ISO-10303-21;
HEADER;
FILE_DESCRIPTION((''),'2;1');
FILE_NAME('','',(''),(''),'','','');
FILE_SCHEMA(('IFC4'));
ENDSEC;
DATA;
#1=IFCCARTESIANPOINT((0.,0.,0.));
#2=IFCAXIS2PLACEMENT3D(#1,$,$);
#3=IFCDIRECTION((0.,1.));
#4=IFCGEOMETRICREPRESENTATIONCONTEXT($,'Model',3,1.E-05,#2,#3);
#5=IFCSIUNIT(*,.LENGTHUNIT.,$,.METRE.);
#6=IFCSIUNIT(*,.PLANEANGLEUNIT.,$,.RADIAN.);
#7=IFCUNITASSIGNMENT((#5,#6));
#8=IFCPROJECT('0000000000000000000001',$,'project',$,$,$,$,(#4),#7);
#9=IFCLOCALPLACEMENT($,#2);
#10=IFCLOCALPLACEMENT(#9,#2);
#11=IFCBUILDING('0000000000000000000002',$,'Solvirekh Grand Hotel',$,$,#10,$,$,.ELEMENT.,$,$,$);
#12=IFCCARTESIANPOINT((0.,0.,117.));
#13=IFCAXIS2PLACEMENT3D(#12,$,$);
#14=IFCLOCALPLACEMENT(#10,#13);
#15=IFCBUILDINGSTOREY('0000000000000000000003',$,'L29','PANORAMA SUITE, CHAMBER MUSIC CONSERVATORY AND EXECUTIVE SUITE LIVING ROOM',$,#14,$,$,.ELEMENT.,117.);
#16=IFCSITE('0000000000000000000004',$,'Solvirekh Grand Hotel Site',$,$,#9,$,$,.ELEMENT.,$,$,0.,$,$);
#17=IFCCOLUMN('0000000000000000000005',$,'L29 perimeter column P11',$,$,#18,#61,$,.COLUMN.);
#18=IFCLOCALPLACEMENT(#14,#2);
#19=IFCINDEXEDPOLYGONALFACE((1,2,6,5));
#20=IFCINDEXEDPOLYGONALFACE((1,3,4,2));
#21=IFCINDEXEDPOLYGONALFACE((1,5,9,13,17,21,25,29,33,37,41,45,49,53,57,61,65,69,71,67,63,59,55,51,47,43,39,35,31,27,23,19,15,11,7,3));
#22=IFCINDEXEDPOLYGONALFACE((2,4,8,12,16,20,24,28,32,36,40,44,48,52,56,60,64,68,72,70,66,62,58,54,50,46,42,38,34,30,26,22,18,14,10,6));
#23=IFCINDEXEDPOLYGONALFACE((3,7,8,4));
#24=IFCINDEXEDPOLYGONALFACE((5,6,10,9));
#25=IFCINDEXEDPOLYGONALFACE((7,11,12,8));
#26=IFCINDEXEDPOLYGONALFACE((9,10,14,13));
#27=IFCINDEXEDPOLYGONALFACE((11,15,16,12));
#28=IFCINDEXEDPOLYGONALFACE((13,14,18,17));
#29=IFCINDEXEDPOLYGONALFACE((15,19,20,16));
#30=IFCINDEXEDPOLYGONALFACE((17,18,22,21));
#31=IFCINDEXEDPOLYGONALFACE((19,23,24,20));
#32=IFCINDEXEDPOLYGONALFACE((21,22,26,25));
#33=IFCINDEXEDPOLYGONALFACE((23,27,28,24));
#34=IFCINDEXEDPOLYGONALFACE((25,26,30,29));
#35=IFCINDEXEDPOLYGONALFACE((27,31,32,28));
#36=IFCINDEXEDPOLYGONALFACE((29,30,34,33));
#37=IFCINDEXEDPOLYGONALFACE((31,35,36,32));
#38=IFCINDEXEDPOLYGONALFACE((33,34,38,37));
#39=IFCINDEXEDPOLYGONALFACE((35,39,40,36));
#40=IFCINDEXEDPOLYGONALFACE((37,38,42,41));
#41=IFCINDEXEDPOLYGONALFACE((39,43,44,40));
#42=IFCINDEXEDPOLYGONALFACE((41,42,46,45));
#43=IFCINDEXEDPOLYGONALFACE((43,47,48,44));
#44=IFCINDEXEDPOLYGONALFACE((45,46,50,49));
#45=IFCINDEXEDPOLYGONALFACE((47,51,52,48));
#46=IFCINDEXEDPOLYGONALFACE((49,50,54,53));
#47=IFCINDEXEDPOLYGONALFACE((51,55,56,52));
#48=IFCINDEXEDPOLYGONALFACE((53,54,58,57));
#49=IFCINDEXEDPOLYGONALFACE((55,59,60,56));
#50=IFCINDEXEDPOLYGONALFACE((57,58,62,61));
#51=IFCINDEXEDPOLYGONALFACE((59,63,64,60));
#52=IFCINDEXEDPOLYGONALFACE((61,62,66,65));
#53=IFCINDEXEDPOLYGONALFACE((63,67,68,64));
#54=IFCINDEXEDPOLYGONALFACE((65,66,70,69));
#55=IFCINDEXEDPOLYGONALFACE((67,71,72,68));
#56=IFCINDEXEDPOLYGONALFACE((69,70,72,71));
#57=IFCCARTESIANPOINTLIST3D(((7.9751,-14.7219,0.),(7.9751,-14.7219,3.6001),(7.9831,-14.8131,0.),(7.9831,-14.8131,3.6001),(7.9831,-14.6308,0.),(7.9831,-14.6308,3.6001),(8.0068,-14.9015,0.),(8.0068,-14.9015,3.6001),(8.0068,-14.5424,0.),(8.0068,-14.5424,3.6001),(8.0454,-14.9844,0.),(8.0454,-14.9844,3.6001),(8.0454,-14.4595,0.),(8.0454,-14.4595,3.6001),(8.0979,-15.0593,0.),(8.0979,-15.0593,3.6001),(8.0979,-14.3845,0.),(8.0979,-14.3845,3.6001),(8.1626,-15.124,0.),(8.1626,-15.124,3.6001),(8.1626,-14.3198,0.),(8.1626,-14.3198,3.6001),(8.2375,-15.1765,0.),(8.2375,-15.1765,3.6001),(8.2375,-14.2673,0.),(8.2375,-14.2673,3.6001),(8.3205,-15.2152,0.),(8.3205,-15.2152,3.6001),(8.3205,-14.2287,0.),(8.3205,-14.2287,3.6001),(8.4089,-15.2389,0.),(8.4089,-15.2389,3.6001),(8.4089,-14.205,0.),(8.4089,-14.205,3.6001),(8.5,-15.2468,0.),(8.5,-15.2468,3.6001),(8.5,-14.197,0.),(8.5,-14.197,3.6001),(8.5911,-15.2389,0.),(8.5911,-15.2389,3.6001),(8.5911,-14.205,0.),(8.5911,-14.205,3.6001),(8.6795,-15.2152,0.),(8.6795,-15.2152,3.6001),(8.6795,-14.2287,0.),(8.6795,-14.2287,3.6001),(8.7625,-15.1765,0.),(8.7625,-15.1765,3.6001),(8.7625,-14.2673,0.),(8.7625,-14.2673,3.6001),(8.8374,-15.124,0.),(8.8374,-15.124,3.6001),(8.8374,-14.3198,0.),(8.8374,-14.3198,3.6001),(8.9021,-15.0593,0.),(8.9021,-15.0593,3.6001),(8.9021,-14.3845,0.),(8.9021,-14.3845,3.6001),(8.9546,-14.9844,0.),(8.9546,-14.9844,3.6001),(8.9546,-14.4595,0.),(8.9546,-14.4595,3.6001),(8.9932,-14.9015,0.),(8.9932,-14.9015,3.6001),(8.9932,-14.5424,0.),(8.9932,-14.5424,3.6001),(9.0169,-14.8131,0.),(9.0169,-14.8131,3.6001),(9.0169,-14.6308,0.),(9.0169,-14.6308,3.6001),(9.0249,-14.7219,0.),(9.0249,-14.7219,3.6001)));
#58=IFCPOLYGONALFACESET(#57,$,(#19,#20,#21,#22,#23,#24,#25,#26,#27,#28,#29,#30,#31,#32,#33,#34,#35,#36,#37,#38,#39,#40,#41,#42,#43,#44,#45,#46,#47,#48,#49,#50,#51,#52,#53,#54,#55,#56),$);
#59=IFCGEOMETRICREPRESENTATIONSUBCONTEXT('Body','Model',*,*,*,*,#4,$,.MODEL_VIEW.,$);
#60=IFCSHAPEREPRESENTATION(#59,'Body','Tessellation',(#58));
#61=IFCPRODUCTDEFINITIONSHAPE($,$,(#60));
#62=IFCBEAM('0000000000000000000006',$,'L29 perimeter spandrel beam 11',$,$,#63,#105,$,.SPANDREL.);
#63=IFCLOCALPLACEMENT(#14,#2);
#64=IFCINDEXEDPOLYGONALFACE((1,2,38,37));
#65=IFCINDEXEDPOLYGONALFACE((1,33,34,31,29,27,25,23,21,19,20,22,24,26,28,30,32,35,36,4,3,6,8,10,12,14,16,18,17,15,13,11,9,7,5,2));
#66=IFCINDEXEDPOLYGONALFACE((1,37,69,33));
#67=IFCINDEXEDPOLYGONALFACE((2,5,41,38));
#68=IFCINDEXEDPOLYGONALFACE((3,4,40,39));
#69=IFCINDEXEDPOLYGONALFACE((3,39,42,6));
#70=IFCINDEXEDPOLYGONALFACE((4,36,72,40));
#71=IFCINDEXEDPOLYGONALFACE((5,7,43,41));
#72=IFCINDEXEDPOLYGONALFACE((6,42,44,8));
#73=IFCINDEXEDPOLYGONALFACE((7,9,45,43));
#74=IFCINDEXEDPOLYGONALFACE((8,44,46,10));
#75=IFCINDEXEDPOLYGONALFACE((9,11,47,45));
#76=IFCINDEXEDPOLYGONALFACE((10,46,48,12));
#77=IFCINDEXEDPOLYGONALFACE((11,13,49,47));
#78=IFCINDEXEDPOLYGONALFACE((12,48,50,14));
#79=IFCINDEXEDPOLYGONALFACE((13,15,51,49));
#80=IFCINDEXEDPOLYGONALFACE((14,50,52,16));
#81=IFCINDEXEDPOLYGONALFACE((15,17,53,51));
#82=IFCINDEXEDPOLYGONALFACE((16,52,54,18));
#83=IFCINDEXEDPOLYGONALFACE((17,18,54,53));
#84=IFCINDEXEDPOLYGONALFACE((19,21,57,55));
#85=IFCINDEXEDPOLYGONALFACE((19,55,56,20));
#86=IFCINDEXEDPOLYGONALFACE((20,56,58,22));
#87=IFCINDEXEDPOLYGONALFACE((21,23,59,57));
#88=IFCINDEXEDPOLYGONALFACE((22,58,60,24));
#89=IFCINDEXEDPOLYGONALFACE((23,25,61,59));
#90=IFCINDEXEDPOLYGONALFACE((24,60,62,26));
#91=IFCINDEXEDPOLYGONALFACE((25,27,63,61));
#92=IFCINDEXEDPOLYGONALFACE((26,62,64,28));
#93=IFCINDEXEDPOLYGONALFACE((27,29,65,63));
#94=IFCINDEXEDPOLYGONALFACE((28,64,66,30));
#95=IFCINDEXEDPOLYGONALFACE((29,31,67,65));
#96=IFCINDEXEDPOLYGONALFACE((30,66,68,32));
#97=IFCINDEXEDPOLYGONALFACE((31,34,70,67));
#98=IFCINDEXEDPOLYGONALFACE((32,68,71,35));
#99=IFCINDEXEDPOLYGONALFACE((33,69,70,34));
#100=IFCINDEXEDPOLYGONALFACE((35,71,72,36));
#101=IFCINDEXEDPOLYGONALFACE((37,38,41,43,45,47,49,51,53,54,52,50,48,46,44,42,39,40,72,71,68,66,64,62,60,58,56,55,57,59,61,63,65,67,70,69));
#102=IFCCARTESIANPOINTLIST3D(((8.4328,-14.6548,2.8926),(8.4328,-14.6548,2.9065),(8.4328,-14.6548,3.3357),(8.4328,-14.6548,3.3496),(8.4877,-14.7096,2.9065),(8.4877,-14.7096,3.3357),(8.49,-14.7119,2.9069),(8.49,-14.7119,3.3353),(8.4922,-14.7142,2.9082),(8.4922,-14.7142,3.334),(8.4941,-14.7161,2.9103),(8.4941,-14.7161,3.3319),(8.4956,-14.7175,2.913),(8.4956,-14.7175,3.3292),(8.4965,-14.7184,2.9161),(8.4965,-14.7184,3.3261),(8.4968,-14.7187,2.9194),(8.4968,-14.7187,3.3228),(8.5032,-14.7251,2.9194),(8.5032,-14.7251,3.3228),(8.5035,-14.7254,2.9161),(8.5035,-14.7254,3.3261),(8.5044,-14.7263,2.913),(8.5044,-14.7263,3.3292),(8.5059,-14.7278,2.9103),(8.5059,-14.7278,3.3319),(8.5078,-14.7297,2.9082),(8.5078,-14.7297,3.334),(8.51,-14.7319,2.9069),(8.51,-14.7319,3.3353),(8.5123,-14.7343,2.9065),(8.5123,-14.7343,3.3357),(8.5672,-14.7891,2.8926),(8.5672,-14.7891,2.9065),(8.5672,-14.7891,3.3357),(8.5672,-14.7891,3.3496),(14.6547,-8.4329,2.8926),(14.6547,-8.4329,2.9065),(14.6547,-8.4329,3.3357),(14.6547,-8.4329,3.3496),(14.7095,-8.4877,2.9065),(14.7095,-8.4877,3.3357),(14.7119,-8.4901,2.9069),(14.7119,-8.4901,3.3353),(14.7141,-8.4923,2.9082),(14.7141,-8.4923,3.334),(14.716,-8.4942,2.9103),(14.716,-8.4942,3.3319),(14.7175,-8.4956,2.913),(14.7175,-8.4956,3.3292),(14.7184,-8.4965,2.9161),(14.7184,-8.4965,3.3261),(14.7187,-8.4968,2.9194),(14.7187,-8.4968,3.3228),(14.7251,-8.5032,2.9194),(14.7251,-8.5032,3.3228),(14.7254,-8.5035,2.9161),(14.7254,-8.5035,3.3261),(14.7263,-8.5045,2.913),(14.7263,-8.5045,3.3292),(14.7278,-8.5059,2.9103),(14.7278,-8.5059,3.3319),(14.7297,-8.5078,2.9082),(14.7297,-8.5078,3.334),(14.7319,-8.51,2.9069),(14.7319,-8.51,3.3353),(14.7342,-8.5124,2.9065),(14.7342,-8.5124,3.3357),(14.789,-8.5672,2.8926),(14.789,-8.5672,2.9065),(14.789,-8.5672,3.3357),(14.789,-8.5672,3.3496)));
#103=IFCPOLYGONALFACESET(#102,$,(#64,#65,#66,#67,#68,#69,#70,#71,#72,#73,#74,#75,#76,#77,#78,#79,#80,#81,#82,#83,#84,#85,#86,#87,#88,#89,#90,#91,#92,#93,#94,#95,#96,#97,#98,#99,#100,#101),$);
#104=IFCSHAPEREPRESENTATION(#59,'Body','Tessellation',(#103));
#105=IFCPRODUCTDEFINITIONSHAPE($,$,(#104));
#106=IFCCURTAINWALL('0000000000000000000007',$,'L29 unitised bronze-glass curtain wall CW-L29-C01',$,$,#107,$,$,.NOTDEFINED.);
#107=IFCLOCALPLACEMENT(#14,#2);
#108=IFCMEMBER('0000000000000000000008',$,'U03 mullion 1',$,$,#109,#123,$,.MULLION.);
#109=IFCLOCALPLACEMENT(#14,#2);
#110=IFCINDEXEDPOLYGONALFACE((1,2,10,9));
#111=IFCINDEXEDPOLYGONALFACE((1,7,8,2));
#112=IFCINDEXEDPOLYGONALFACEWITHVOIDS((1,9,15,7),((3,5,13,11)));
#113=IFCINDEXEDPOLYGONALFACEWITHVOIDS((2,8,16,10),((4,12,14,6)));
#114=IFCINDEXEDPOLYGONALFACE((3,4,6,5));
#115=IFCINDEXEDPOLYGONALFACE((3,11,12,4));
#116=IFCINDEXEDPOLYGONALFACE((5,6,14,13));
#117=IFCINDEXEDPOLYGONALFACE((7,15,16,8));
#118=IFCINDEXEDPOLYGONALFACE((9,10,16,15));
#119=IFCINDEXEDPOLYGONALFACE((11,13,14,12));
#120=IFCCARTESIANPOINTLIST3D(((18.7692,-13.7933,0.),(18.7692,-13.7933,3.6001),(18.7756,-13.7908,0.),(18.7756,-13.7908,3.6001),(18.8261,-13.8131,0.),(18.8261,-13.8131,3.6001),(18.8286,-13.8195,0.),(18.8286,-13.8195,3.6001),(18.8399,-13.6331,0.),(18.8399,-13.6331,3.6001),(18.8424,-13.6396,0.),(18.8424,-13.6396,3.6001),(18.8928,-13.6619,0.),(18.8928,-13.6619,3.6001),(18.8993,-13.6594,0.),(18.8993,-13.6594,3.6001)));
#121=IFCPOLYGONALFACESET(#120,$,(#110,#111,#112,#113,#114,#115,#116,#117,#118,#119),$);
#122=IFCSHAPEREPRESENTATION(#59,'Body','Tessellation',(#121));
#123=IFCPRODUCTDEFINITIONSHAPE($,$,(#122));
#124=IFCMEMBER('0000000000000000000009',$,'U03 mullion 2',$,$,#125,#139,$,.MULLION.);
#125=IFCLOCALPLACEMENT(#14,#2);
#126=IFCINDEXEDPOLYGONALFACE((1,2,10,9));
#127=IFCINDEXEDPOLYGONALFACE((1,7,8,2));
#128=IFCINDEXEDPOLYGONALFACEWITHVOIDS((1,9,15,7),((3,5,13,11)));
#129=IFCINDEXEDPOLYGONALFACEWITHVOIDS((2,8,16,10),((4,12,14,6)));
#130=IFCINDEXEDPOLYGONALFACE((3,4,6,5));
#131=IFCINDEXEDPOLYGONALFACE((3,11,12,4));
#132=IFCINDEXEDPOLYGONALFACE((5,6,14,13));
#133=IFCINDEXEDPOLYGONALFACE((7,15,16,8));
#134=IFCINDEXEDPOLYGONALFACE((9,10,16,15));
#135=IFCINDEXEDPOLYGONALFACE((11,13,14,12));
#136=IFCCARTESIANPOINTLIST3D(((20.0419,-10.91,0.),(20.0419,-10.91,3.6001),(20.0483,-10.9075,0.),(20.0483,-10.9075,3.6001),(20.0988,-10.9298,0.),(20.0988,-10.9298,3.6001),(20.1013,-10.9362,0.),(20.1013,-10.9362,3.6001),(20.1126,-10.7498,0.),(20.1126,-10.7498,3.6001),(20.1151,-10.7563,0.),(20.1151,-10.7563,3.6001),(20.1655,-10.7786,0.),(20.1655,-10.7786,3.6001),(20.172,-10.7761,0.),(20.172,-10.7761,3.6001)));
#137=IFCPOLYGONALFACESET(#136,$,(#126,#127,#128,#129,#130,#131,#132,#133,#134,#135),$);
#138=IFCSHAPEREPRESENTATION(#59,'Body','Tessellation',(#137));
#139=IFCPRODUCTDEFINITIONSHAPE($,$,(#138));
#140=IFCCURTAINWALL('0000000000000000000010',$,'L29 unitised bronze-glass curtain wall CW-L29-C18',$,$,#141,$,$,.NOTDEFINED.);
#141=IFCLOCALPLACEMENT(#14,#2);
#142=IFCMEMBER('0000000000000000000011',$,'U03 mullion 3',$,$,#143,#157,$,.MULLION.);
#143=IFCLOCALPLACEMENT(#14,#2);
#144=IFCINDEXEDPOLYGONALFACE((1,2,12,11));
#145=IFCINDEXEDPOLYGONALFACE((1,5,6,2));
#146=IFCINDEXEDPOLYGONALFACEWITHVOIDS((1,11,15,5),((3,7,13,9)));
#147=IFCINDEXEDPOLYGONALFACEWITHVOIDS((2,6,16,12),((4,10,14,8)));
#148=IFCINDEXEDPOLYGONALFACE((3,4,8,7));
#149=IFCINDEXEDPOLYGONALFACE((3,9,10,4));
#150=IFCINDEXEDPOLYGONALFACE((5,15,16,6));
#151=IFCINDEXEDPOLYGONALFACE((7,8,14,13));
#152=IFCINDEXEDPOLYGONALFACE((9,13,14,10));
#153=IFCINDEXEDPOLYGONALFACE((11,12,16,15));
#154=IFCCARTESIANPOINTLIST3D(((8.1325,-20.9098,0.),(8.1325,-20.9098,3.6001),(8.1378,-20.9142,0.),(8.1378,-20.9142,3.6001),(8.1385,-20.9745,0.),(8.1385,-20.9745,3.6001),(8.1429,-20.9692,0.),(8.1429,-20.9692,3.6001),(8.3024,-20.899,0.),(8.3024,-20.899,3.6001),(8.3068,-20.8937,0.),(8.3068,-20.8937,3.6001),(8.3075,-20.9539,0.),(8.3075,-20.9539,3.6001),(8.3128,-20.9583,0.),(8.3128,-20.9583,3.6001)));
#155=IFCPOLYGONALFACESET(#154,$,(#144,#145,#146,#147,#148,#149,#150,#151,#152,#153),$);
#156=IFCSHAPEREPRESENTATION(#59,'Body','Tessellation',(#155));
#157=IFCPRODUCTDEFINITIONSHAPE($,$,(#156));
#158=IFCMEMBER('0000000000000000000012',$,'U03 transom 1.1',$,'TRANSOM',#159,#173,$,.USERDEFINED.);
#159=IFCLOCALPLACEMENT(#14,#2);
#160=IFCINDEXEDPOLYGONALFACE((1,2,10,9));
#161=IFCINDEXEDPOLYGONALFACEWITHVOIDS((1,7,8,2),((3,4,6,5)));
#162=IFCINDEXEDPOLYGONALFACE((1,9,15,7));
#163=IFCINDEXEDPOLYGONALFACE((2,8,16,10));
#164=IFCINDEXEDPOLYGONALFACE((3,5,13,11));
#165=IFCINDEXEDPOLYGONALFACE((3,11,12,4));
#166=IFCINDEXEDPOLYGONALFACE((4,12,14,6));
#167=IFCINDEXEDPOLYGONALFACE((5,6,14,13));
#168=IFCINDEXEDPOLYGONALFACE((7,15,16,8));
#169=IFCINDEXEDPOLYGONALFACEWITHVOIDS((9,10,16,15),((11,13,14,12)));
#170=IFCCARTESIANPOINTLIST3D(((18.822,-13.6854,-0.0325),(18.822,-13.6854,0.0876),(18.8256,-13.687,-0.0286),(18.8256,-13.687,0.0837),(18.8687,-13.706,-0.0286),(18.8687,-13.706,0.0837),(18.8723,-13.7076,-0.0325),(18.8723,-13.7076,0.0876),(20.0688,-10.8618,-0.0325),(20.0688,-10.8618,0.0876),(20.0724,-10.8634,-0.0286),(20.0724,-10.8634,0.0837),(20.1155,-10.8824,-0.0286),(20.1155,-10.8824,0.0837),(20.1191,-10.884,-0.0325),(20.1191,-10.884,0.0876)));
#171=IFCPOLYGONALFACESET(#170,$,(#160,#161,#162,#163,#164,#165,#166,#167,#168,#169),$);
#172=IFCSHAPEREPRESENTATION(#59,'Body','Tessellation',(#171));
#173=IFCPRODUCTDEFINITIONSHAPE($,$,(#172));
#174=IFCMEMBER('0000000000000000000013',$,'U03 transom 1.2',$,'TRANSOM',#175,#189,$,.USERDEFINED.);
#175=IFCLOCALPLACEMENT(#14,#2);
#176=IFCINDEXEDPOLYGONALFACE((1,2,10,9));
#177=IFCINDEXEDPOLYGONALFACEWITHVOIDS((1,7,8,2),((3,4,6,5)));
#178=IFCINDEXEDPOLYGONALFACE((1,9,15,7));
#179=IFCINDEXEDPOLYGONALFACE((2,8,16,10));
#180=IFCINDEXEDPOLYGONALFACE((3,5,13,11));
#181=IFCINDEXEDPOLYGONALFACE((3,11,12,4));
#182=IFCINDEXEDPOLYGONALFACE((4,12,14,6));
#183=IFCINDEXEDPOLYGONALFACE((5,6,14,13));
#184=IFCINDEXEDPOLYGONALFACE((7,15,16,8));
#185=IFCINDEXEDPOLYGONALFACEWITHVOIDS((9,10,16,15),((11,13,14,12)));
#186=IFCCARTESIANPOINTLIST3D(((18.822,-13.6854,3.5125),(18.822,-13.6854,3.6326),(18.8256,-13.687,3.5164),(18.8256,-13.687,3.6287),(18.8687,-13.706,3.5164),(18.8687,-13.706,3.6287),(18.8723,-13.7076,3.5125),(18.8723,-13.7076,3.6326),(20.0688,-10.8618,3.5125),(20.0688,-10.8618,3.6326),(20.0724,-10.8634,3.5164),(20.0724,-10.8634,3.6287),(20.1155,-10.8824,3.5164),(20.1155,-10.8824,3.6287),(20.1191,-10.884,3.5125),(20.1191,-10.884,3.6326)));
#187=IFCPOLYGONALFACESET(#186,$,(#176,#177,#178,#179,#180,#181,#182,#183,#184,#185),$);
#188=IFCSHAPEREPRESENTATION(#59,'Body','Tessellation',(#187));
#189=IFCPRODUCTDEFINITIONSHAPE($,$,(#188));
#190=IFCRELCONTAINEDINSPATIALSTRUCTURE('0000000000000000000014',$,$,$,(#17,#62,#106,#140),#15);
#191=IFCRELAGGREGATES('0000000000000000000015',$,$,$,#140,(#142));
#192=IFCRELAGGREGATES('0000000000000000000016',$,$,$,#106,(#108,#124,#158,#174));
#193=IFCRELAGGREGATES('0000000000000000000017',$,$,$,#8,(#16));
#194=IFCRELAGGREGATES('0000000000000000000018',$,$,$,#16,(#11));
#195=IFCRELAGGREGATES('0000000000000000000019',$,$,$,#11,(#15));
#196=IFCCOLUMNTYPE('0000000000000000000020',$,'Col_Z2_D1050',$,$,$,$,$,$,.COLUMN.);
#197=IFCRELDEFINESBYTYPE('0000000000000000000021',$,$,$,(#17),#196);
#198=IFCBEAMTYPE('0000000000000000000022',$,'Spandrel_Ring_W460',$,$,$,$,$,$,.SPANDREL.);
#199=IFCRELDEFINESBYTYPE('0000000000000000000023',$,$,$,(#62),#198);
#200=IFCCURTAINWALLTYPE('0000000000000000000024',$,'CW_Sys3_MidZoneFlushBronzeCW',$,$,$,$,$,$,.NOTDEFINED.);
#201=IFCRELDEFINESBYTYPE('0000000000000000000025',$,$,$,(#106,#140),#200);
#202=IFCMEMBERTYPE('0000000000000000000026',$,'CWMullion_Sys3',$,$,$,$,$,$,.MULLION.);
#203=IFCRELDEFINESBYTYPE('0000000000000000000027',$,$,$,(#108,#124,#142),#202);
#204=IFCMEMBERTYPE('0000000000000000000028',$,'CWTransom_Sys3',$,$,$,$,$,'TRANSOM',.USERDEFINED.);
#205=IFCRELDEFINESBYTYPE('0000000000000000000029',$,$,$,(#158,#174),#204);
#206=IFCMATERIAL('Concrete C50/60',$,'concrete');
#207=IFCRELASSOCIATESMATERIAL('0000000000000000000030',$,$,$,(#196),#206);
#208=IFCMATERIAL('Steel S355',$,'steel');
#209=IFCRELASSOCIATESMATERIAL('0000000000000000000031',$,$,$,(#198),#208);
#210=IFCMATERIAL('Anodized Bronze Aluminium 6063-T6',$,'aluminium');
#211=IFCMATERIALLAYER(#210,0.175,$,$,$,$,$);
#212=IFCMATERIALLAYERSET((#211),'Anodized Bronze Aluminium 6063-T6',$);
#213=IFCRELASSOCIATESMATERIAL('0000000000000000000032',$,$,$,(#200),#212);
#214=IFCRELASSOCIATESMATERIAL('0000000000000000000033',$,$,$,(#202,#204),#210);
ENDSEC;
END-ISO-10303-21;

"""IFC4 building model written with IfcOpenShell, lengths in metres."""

from ifc_helpers import new_model, si_unit, direction, frame, origin, origin_2d, place, context, subcontext, project, spatial, hollow_rectangle, circle, i_section, extrude, source, transform, mapped, material, layer, layer_set, material_profile, profile_set, type_object, element, aggregate, save


model = new_model("IFC4")

# Units and contexts
model_context = context("Model", 3, precision=1e-05, world=origin(), true_north=direction((0.0, 1.0)))
body_context = subcontext(model_context, "Body", "Model", "MODEL_VIEW")
ifc_project = project(units=[si_unit("LENGTHUNIT", "METRE"), si_unit("PLANEANGLEUNIT", "RADIAN")], contexts=[model_context])

# Site, building, storey
site_placement = place(None, origin())
site = spatial("IfcSite", under=ifc_project, at=site_placement, Name="Solvirekh Grand Hotel Site", CompositionType="ELEMENT", RefElevation=0.0)
building_placement = place(site_placement, origin())
building = spatial("IfcBuilding", under=site, at=building_placement, Name="Solvirekh Grand Hotel", CompositionType="ELEMENT")
storey_placement = place(building_placement, frame((0.0, 0.0, 117.0)))
storey = spatial("IfcBuildingStorey", under=building, at=storey_placement, Name="L29", Description="PANORAMA SUITE, CHAMBER MUSIC CONSERVATORY AND EXECUTIVE SUITE LIVING ROOM", CompositionType="ELEMENT", Elevation=117.0)

# Column
ifc_material_1 = material(Name="Concrete C50/60", Category="concrete")
ifc_material_profile_1 = material_profile(ifc_material_1, circle(Radius=0.5249, at=origin_2d()), Name="RC CIRC D1050")
ifc_profile_set_1 = profile_set([ifc_material_profile_1], Name="Concrete C50/60")
column_type = type_object("IfcColumnType", Name="Col_Z2_D1050", PredefinedType="COLUMN", material=ifc_profile_set_1)
column_placement = place(storey_placement, frame((8.5, -14.7219, 0.0), z_axis=(0.0, 0.0, 1.0), x_axis=(1.0, 0.0, 0.0)))
element("IfcColumn", 1, at=column_placement, inside=storey, type_object=column_type, Name="L29 perimeter column P11", PredefinedType="COLUMN", context=body_context, shape_type="SweptSolid", body=[
    extrude(circle(Radius=0.5249, at=origin_2d()), origin(), (0.0, 0.0, 1.0), 3.6001),
])

# Beam
ifc_material_2 = material(Name="Steel S355", Category="steel")
ifc_material_profile_2 = material_profile(ifc_material_2, i_section(OverallWidth=0.1899, OverallDepth=0.457, WebThickness=0.009, FlangeThickness=0.0139, FilletRadius=0.0129, at=origin_2d()), Name="W460X74")
ifc_profile_set_2 = profile_set([ifc_material_profile_2], Name="Steel S355")
beam_type = type_object("IfcBeamType", Name="Spandrel_Ring_W460", PredefinedType="SPANDREL", material=ifc_profile_set_2)
beam_placement = place(storey_placement, frame((8.5, -14.7219, 3.1211), z_axis=(0.707107, 0.707107, 0.0), x_axis=(-0.707107, 0.707107, 0.0)))
element("IfcBeam", 2, at=beam_placement, inside=storey, type_object=beam_type, Name="L29 perimeter spandrel beam 11", PredefinedType="SPANDREL", context=body_context, shape_type="SweptSolid", body=[
    extrude(i_section(OverallWidth=0.1899, OverallDepth=0.457, WebThickness=0.009, FlangeThickness=0.0139, FilletRadius=0.0129, at=origin_2d()), origin(), (0.0, 0.0, 1.0), 8.7991),
])

# Curtain wall, members
ifc_material_3 = material(Name="Anodized Bronze Aluminium 6063-T6", Category="aluminium")
ifc_layer_1 = layer(ifc_material_3, 0.175)
ifc_layer_set_1 = layer_set([ifc_layer_1], Name="Anodized Bronze Aluminium 6063-T6")
curtain_wall_type = type_object("IfcCurtainWallType", Name="CW_Sys3_MidZoneFlushBronzeCW", PredefinedType="NOTDEFINED", material=ifc_layer_set_1)
curtain_wall_1_placement = place(storey_placement, origin())
curtain_wall_1 = element("IfcCurtainWall", 3, at=curtain_wall_1_placement, inside=storey, type_object=curtain_wall_type, Name="L29 unitised bronze-glass curtain wall CW-L29-C01", PredefinedType="NOTDEFINED")
ifc_material_profile_3 = material_profile(ifc_material_3, hollow_rectangle(XDim=0.0649, YDim=0.175, WallThickness=0.0049, at=origin_2d()), Name="ALU RHS 175X65X5")
ifc_profile_set_3 = profile_set([ifc_material_profile_3], Name="Anodized Bronze Aluminium 6063-T6")
member_type_1 = type_object("IfcMemberType", Name="CWMullion_Sys3", PredefinedType="MULLION", material=ifc_profile_set_3)
shared_shape_1 = source(origin(), body_context, "Body", "SweptSolid", [
    extrude(hollow_rectangle(XDim=0.0649, YDim=0.175, WallThickness=0.0049, at=origin_2d()), origin(), (0.0, 0.0, 1.0), 3.6001),
])
member_1_placement = place(storey_placement, frame((18.8342, -13.7263, 0.0), z_axis=(0.0, 0.0, 1.0), x_axis=(-0.914819, 0.403864, 0.0)))
member_1 = element("IfcMember", 4, at=member_1_placement, type_object=member_type_1, Name="U03 mullion 1", PredefinedType="MULLION", context=body_context, shape_type="MappedRepresentation", body=[
    mapped(shared_shape_1, transform((0.0, 0.0, 0.0), x_axis=(1.0, 0.0, 0.0), y_axis=(0.0, 1.0, 0.0), z_axis=(0.0, 0.0, 1.0), scale=1.0)),
])
member_2_placement = place(storey_placement, frame((20.1069, -10.843, 0.0), z_axis=(0.0, 0.0, 1.0), x_axis=(-0.914819, 0.403864, 0.0)))
member_2 = element("IfcMember", 5, at=member_2_placement, type_object=member_type_1, Name="U03 mullion 2", PredefinedType="MULLION", context=body_context, shape_type="MappedRepresentation", body=[
    mapped(shared_shape_1, transform((0.0, 0.0, 0.0), x_axis=(1.0, 0.0, 0.0), y_axis=(0.0, 1.0, 0.0), z_axis=(0.0, 0.0, 1.0), scale=1.0)),
])

# Curtain wall, member
curtain_wall_2_placement = place(storey_placement, origin())
curtain_wall_2 = element("IfcCurtainWall", 6, at=curtain_wall_2_placement, inside=storey, type_object=curtain_wall_type, Name="L29 unitised bronze-glass curtain wall CW-L29-C18", PredefinedType="NOTDEFINED")
member_3_placement = place(storey_placement, frame((8.2227, -20.9341, 0.0), z_axis=(0.0, 0.0, 1.0), x_axis=(-0.092419, 0.99572, 0.0)))
member_3 = element("IfcMember", 7, at=member_3_placement, type_object=member_type_1, Name="U03 mullion 3", PredefinedType="MULLION", context=body_context, shape_type="MappedRepresentation", body=[
    mapped(shared_shape_1, transform((0.0, 0.0, 0.0), x_axis=(1.0, 0.0, 0.0), y_axis=(0.0, 1.0, 0.0), z_axis=(0.0, 0.0, 1.0), scale=1.0)),
])
aggregate(curtain_wall_2, [member_3])

# Members
ifc_material_profile_4 = material_profile(ifc_material_3, hollow_rectangle(XDim=0.0549, YDim=0.1201, WallThickness=0.0039, at=origin_2d()), Name="ALU RHS 120X55X4")
ifc_profile_set_4 = profile_set([ifc_material_profile_4], Name="Anodized Bronze Aluminium 6063-T6")
member_type_2 = type_object("IfcMemberType", Name="CWTransom_Sys3", ElementType="TRANSOM", PredefinedType="USERDEFINED", material=ifc_profile_set_4)
shared_shape_2 = source(origin(), body_context, "Body", "SweptSolid", [
    extrude(hollow_rectangle(XDim=0.0549, YDim=0.1201, WallThickness=0.0039, at=origin_2d()), origin(), (0.0, 0.0, 1.0), 3.0867),
])
member_4_placement = place(storey_placement, frame((18.8472, -13.6965, 0.0276), z_axis=(0.403928, 0.914791, 0.0), x_axis=(-0.914791, 0.403928, 0.0)))
member_4 = element("IfcMember", 8, at=member_4_placement, type_object=member_type_2, Name="U03 transom 1.1", ObjectType="TRANSOM", PredefinedType="USERDEFINED", context=body_context, shape_type="MappedRepresentation", body=[
    mapped(shared_shape_2, transform((0.0, 0.0, 0.0), x_axis=(1.0, 0.0, 0.0), y_axis=(0.0, 1.0, 0.0), z_axis=(0.0, 0.0, 1.0), scale=1.0)),
])
member_5_placement = place(storey_placement, frame((18.8472, -13.6965, 3.5725), z_axis=(0.403928, 0.914791, 0.0), x_axis=(-0.914791, 0.403928, 0.0)))
member_5 = element("IfcMember", 9, at=member_5_placement, type_object=member_type_2, Name="U03 transom 1.2", ObjectType="TRANSOM", PredefinedType="USERDEFINED", context=body_context, shape_type="MappedRepresentation", body=[
    mapped(shared_shape_2, transform((0.0, 0.0, 0.0), x_axis=(1.0, 0.0, 0.0), y_axis=(0.0, 1.0, 0.0), z_axis=(0.0, 0.0, 1.0), scale=1.0)),
])

aggregate(curtain_wall_1, [member_1, member_2, member_4, member_5])

save(model, "model.ifc")
